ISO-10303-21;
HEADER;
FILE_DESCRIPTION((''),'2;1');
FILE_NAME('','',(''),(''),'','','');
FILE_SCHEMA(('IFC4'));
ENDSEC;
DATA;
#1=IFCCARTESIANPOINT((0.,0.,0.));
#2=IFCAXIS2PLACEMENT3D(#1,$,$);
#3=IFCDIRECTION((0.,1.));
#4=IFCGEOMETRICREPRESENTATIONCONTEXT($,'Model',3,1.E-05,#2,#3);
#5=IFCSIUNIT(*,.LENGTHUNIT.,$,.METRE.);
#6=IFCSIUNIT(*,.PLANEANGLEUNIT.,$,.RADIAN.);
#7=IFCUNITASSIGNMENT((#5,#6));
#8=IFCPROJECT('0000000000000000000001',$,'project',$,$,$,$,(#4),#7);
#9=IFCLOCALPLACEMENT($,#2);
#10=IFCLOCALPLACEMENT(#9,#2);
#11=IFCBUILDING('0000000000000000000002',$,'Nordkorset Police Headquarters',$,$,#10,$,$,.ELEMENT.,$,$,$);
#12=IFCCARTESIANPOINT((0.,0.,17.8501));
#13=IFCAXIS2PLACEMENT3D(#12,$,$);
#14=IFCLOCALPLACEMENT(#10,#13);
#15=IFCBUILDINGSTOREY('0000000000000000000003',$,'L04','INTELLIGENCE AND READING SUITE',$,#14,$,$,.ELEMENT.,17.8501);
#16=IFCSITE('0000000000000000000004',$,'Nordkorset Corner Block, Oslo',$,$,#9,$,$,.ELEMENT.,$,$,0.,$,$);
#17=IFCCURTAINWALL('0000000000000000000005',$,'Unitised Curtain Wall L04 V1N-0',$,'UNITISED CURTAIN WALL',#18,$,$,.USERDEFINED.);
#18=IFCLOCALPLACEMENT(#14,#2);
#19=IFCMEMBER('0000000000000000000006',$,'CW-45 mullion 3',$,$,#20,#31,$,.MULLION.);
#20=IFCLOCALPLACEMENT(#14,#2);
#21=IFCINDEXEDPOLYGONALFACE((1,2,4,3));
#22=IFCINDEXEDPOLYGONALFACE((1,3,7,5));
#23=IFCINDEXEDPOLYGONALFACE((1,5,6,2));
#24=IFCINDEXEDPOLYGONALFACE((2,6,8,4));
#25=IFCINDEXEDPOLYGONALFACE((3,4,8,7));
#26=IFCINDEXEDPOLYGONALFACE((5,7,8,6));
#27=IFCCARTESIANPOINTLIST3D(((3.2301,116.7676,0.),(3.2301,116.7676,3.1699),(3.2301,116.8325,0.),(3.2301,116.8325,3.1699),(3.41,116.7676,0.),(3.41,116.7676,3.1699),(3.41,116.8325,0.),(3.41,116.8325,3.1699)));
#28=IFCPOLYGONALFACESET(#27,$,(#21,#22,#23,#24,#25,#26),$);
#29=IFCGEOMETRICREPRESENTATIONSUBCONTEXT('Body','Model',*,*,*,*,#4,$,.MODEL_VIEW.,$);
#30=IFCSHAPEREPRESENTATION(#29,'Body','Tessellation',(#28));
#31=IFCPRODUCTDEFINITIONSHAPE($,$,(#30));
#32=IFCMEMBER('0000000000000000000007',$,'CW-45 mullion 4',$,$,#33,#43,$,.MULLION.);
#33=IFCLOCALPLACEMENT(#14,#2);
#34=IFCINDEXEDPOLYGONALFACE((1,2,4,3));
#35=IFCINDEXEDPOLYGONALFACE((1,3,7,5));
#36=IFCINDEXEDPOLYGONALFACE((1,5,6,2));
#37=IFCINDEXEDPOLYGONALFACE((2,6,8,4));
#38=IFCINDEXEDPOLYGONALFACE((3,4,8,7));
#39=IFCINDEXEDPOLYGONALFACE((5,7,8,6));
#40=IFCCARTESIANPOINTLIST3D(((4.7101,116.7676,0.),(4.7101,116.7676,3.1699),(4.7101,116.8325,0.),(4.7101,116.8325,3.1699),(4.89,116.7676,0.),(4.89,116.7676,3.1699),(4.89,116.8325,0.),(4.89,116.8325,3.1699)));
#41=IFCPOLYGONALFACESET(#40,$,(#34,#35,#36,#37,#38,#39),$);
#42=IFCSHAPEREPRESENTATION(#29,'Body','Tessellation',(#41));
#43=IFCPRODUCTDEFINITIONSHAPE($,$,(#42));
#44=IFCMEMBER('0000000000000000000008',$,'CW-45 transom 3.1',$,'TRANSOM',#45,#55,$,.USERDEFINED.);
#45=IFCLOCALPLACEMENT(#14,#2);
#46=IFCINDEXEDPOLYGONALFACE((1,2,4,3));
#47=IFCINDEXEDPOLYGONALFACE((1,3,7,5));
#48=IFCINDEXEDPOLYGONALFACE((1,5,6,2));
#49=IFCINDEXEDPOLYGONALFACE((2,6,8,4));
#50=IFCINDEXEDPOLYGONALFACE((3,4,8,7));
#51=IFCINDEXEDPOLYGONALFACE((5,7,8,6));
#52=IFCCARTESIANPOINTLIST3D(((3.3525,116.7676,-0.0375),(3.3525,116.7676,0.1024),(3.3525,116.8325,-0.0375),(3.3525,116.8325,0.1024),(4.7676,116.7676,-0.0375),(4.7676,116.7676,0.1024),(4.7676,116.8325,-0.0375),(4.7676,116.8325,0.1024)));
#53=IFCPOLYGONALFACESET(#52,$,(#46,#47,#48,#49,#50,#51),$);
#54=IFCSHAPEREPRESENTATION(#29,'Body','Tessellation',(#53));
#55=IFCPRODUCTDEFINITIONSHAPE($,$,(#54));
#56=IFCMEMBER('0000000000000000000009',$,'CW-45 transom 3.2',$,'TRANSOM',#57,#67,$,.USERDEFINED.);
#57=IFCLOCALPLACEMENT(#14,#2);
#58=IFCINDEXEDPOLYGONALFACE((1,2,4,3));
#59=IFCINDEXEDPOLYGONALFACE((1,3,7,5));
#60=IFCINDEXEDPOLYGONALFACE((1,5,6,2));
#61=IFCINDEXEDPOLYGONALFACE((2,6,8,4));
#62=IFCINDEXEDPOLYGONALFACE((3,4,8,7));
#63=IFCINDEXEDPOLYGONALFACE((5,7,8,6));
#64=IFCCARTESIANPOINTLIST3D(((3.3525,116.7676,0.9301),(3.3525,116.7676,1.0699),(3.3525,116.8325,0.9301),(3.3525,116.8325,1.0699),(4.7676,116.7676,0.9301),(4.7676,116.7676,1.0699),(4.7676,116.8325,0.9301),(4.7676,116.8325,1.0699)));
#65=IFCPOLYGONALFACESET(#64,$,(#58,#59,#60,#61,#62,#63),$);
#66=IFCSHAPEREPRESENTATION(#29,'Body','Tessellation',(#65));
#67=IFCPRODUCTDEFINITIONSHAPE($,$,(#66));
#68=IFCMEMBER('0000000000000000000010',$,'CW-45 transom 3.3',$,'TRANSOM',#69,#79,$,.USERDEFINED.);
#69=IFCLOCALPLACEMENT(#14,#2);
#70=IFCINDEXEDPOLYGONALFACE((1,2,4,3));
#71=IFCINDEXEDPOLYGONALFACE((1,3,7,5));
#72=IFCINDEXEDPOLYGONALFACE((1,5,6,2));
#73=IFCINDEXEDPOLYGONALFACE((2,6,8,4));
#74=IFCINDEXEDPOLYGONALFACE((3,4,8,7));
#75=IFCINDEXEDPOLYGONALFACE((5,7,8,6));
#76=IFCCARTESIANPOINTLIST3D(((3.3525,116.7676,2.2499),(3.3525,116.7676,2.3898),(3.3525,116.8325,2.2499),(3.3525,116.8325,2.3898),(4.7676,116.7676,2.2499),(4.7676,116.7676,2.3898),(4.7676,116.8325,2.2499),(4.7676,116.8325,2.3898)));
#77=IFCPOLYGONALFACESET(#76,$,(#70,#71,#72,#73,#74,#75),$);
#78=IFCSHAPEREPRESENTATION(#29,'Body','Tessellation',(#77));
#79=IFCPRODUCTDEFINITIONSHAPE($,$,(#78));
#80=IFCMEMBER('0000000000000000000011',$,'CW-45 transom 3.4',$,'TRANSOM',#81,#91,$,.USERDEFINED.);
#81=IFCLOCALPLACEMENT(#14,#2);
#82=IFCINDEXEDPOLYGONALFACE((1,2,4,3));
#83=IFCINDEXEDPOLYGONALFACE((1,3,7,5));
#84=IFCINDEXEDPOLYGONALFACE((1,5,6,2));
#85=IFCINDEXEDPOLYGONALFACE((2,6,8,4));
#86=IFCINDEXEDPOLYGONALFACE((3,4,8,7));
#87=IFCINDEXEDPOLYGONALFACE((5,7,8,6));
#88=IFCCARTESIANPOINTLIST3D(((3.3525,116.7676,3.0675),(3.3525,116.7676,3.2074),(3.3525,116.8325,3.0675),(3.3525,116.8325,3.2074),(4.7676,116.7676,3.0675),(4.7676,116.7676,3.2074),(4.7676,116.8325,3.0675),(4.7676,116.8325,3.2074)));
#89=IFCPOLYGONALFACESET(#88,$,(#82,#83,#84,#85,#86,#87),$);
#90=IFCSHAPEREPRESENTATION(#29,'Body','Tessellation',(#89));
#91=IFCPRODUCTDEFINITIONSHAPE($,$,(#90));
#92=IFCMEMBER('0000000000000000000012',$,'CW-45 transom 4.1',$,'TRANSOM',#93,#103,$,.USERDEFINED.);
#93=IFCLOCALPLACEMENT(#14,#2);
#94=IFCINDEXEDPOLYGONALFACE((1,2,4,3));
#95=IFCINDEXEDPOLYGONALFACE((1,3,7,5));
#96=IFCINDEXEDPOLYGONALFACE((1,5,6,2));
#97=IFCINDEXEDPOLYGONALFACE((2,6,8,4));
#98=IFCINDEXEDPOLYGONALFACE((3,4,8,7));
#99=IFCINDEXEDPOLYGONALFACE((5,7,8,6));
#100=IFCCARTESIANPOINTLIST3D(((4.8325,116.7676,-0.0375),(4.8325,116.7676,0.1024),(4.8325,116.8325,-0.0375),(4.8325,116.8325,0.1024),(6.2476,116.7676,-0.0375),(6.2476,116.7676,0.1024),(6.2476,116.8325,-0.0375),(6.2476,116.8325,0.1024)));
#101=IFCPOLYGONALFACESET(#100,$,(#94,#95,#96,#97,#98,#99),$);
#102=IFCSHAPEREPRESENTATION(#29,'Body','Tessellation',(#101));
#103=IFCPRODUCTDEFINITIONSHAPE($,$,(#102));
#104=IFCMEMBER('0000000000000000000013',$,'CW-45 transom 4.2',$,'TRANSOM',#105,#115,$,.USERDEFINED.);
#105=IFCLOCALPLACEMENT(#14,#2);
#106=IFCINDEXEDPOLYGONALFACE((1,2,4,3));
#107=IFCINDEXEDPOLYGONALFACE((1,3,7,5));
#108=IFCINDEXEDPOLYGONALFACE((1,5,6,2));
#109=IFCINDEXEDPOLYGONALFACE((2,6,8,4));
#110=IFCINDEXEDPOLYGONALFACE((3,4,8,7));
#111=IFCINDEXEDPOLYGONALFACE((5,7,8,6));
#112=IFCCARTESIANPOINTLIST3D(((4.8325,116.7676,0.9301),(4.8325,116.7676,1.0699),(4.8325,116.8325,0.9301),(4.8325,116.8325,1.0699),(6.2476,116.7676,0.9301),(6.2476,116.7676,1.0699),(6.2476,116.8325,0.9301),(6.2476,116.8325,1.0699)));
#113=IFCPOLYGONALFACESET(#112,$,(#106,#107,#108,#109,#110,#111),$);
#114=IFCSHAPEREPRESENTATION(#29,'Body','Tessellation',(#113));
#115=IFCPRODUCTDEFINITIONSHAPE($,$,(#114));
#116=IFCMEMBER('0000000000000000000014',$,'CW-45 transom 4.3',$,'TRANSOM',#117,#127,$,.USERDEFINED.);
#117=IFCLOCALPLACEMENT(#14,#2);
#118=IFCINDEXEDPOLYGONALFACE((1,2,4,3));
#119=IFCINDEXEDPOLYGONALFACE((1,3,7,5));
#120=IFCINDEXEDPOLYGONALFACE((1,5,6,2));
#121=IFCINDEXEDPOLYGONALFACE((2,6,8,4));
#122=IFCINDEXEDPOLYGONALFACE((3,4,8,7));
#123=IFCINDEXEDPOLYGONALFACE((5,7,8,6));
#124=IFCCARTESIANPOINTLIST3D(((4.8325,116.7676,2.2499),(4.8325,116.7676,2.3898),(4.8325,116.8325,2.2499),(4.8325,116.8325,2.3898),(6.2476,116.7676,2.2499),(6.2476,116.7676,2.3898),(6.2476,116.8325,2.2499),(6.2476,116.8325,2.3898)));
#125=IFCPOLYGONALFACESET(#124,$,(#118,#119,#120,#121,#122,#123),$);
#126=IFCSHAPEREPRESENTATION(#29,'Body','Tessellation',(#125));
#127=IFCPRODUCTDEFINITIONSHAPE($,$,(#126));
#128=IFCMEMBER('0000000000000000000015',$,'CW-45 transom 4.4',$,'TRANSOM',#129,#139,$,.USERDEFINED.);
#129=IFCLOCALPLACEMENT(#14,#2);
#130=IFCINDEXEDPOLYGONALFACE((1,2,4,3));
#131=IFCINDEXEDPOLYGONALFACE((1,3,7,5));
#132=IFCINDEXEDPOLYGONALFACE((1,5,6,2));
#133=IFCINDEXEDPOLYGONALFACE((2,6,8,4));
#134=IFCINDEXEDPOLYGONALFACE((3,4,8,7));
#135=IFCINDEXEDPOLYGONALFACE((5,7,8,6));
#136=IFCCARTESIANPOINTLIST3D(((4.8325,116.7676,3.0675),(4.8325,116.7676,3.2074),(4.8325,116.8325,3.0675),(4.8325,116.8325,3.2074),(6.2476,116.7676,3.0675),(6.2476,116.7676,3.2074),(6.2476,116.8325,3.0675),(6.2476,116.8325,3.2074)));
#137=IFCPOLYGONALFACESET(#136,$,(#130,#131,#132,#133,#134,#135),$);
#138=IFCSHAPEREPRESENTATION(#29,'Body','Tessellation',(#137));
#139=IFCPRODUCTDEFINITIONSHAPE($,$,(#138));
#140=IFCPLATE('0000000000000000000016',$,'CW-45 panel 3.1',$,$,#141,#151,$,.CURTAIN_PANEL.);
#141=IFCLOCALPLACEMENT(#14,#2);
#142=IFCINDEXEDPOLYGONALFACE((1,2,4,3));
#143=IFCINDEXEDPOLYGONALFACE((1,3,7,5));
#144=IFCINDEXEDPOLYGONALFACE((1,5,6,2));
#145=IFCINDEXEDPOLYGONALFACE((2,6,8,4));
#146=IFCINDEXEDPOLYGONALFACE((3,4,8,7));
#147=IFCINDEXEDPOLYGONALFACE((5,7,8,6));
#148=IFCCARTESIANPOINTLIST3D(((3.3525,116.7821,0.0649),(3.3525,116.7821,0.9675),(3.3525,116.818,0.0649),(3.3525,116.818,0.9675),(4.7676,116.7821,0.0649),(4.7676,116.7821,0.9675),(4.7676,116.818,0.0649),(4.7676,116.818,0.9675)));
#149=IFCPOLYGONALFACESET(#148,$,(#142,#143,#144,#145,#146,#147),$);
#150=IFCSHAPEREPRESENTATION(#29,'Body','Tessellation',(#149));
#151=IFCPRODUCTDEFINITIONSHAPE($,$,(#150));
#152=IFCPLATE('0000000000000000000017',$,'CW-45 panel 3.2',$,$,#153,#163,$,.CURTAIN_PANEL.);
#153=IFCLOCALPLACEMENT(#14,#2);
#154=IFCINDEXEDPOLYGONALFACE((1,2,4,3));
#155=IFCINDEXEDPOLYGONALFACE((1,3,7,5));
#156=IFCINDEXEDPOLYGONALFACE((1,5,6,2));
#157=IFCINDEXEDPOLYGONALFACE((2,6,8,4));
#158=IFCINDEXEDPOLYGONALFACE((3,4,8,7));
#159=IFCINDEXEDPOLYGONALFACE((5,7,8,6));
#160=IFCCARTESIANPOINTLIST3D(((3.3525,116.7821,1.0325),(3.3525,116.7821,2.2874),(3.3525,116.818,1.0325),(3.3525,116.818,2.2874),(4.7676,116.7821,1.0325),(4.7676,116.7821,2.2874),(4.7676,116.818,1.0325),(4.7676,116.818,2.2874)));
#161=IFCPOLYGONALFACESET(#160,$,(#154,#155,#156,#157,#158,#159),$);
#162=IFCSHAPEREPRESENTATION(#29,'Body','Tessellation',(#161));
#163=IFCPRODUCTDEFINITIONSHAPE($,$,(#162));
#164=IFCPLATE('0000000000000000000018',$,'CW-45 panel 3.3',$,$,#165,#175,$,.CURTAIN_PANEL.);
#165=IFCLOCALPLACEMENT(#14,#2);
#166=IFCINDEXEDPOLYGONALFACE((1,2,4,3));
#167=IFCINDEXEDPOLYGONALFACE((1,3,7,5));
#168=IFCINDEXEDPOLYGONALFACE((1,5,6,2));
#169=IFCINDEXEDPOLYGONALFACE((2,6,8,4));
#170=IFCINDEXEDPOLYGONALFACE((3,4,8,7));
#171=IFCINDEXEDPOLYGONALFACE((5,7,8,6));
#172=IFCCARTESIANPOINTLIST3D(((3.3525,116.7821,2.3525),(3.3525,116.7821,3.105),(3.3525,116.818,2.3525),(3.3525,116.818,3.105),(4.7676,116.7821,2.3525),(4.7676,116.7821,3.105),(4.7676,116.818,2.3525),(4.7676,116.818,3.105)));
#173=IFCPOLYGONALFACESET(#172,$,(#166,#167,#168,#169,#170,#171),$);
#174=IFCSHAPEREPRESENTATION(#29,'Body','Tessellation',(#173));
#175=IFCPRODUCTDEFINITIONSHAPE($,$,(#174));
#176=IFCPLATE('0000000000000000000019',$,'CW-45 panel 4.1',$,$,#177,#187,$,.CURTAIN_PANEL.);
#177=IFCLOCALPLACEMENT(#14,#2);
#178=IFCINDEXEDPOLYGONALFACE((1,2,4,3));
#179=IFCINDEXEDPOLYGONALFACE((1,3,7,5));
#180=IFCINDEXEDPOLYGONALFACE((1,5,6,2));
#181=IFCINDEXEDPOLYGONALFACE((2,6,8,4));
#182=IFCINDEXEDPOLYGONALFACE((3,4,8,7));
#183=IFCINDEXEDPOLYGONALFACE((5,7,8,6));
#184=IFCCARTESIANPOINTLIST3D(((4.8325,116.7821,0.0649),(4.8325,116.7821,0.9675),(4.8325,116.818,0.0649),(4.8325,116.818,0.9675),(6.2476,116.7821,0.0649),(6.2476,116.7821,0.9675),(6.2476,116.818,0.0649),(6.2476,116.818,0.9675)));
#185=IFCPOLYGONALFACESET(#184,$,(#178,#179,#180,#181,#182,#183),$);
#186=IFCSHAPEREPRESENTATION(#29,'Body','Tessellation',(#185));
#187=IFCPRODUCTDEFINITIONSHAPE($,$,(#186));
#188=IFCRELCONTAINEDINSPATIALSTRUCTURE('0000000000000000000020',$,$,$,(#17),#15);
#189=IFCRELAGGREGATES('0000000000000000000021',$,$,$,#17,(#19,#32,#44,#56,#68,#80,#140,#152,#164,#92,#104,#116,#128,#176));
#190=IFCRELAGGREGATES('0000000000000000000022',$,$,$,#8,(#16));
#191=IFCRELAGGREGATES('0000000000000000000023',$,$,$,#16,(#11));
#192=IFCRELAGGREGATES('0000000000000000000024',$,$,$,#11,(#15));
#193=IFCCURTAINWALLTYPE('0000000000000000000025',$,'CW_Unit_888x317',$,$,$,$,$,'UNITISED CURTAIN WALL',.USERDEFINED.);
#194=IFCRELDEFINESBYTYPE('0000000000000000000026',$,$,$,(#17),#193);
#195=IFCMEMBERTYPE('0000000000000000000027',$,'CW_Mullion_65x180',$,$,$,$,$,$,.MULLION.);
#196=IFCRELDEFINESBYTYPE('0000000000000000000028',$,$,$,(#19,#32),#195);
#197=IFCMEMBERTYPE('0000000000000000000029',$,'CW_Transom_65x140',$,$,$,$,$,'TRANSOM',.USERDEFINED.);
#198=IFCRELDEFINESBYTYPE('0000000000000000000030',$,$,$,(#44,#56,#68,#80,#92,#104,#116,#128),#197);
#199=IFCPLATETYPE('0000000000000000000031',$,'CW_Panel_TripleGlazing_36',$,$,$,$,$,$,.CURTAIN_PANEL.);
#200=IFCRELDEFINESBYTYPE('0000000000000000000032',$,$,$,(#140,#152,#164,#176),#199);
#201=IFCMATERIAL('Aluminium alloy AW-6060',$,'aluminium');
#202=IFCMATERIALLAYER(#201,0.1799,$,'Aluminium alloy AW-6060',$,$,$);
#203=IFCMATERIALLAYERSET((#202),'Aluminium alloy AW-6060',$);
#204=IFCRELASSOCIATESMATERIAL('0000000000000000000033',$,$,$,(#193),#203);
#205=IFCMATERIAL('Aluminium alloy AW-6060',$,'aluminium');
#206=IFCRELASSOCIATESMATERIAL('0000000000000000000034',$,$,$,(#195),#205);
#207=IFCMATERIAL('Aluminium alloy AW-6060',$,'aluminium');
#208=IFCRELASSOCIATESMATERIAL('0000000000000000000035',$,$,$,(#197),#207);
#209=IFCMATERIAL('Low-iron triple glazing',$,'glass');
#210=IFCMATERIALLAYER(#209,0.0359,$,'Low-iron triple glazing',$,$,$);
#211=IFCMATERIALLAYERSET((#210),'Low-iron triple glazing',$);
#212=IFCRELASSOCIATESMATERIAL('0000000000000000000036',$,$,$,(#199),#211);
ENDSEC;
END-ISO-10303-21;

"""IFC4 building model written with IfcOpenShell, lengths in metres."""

from ifc_helpers import new_model, si_unit, direction, frame, origin, origin_2d, place, context, subcontext, project, spatial, rectangle, extrude, material, layer, layer_set, material_profile, profile_set, type_object, element, aggregate, save


model = new_model("IFC4")

# Units and contexts
model_context = context("Model", 3, precision=1e-05, world=origin(), true_north=direction((0.0, 1.0)))
body_context = subcontext(model_context, "Body", "Model", "MODEL_VIEW")
ifc_project = project(units=[si_unit("LENGTHUNIT", "METRE"), si_unit("PLANEANGLEUNIT", "RADIAN")], contexts=[model_context])

# Site, building, storey
site_placement = place(None, origin())
site = spatial("IfcSite", under=ifc_project, at=site_placement, Name="Nordkorset Corner Block, Oslo", CompositionType="ELEMENT", RefElevation=0.0)
building_placement = place(site_placement, origin())
building = spatial("IfcBuilding", under=site, at=building_placement, Name="Nordkorset Police Headquarters", CompositionType="ELEMENT")
storey_placement = place(building_placement, frame((0.0, 0.0, 17.8501)))
storey = spatial("IfcBuildingStorey", under=building, at=storey_placement, Name="L04", Description="INTELLIGENCE AND READING SUITE", CompositionType="ELEMENT", Elevation=17.8501)

# Curtain wall, members, plates
ifc_material_1 = material(Name="Aluminium alloy AW-6060", Category="aluminium")
ifc_layer_1 = layer(ifc_material_1, 0.1799, Name="Aluminium alloy AW-6060")
ifc_layer_set_1 = layer_set([ifc_layer_1], Name="Aluminium alloy AW-6060")
curtain_wall_type = type_object("IfcCurtainWallType", Name="CW_Unit_888x317", ElementType="UNITISED CURTAIN WALL", PredefinedType="USERDEFINED", material=ifc_layer_set_1)
curtain_wall_placement = place(storey_placement, origin())
curtain_wall = element("IfcCurtainWall", 1, at=curtain_wall_placement, inside=storey, type_object=curtain_wall_type, Name="Unitised Curtain Wall L04 V1N-0", ObjectType="UNITISED CURTAIN WALL", PredefinedType="USERDEFINED")
ifc_material_2 = material(Name="Aluminium alloy AW-6060", Category="aluminium")
ifc_material_profile_1 = material_profile(ifc_material_2, rectangle(XDim=0.0649, YDim=0.1799, at=origin_2d()), Name="ALU MULL 65x180")
ifc_profile_set_1 = profile_set([ifc_material_profile_1], Name="Aluminium alloy AW-6060")
member_type_1 = type_object("IfcMemberType", Name="CW_Mullion_65x180", PredefinedType="MULLION", material=ifc_profile_set_1)
member_1_placement = place(storey_placement, frame((3.3201, 116.8, 0.0), z_axis=(0.0, 0.0, 1.0), x_axis=(0.0, 1.0, 0.0)))
member_1 = element("IfcMember", 2, at=member_1_placement, type_object=member_type_1, Name="CW-45 mullion 3", PredefinedType="MULLION", context=body_context, shape_type="SweptSolid", body=[
    extrude(rectangle(XDim=0.0649, YDim=0.1799, at=origin_2d()), origin(), (0.0, 0.0, 1.0), 3.1699),
])
member_2_placement = place(storey_placement, frame((4.8, 116.8, 0.0), z_axis=(0.0, 0.0, 1.0), x_axis=(0.0, 1.0, 0.0)))
member_2 = element("IfcMember", 3, at=member_2_placement, type_object=member_type_1, Name="CW-45 mullion 4", PredefinedType="MULLION", context=body_context, shape_type="SweptSolid", body=[
    extrude(rectangle(XDim=0.0649, YDim=0.1799, at=origin_2d()), origin(), (0.0, 0.0, 1.0), 3.1699),
])
ifc_material_3 = material(Name="Aluminium alloy AW-6060", Category="aluminium")
ifc_material_profile_2 = material_profile(ifc_material_3, rectangle(XDim=0.0649, YDim=0.1399, at=origin_2d()), Name="ALU TRAN 65x140")
ifc_profile_set_2 = profile_set([ifc_material_profile_2], Name="Aluminium alloy AW-6060")
member_type_2 = type_object("IfcMemberType", Name="CW_Transom_65x140", ElementType="TRANSOM", PredefinedType="USERDEFINED", material=ifc_profile_set_2)
member_3_placement = place(storey_placement, frame((3.3525, 116.8, 0.0325), z_axis=(1.0, 0.0, 0.0), x_axis=(0.0, 1.0, 0.0)))
member_3 = element("IfcMember", 4, at=member_3_placement, type_object=member_type_2, Name="CW-45 transom 3.1", ObjectType="TRANSOM", PredefinedType="USERDEFINED", context=body_context, shape_type="SweptSolid", body=[
    extrude(rectangle(XDim=0.0649, YDim=0.1399, at=origin_2d()), origin(), (0.0, 0.0, 1.0), 1.415),
])
member_4_placement = place(storey_placement, frame((3.3525, 116.8, 1.0), z_axis=(1.0, 0.0, 0.0), x_axis=(0.0, 1.0, 0.0)))
member_4 = element("IfcMember", 5, at=member_4_placement, type_object=member_type_2, Name="CW-45 transom 3.2", ObjectType="TRANSOM", PredefinedType="USERDEFINED", context=body_context, shape_type="SweptSolid", body=[
    extrude(rectangle(XDim=0.0649, YDim=0.1399, at=origin_2d()), origin(), (0.0, 0.0, 1.0), 1.415),
])
member_5_placement = place(storey_placement, frame((3.3525, 116.8, 2.3198), z_axis=(1.0, 0.0, 0.0), x_axis=(0.0, 1.0, 0.0)))
member_5 = element("IfcMember", 6, at=member_5_placement, type_object=member_type_2, Name="CW-45 transom 3.3", ObjectType="TRANSOM", PredefinedType="USERDEFINED", context=body_context, shape_type="SweptSolid", body=[
    extrude(rectangle(XDim=0.0649, YDim=0.1399, at=origin_2d()), origin(), (0.0, 0.0, 1.0), 1.415),
])
member_6_placement = place(storey_placement, frame((3.3525, 116.8, 3.1375), z_axis=(1.0, 0.0, 0.0), x_axis=(0.0, 1.0, 0.0)))
member_6 = element("IfcMember", 7, at=member_6_placement, type_object=member_type_2, Name="CW-45 transom 3.4", ObjectType="TRANSOM", PredefinedType="USERDEFINED", context=body_context, shape_type="SweptSolid", body=[
    extrude(rectangle(XDim=0.0649, YDim=0.1399, at=origin_2d()), origin(), (0.0, 0.0, 1.0), 1.415),
])
member_7_placement = place(storey_placement, frame((4.8325, 116.8, 0.0325), z_axis=(1.0, 0.0, 0.0), x_axis=(0.0, 1.0, 0.0)))
member_7 = element("IfcMember", 8, at=member_7_placement, type_object=member_type_2, Name="CW-45 transom 4.1", ObjectType="TRANSOM", PredefinedType="USERDEFINED", context=body_context, shape_type="SweptSolid", body=[
    extrude(rectangle(XDim=0.0649, YDim=0.1399, at=origin_2d()), origin(), (0.0, 0.0, 1.0), 1.415),
])
member_8_placement = place(storey_placement, frame((4.8325, 116.8, 1.0), z_axis=(1.0, 0.0, 0.0), x_axis=(0.0, 1.0, 0.0)))
member_8 = element("IfcMember", 9, at=member_8_placement, type_object=member_type_2, Name="CW-45 transom 4.2", ObjectType="TRANSOM", PredefinedType="USERDEFINED", context=body_context, shape_type="SweptSolid", body=[
    extrude(rectangle(XDim=0.0649, YDim=0.1399, at=origin_2d()), origin(), (0.0, 0.0, 1.0), 1.415),
])
member_9_placement = place(storey_placement, frame((4.8325, 116.8, 2.3198), z_axis=(1.0, 0.0, 0.0), x_axis=(0.0, 1.0, 0.0)))
member_9 = element("IfcMember", 10, at=member_9_placement, type_object=member_type_2, Name="CW-45 transom 4.3", ObjectType="TRANSOM", PredefinedType="USERDEFINED", context=body_context, shape_type="SweptSolid", body=[
    extrude(rectangle(XDim=0.0649, YDim=0.1399, at=origin_2d()), origin(), (0.0, 0.0, 1.0), 1.415),
])
member_10_placement = place(storey_placement, frame((4.8325, 116.8, 3.1375), z_axis=(1.0, 0.0, 0.0), x_axis=(0.0, 1.0, 0.0)))
member_10 = element("IfcMember", 11, at=member_10_placement, type_object=member_type_2, Name="CW-45 transom 4.4", ObjectType="TRANSOM", PredefinedType="USERDEFINED", context=body_context, shape_type="SweptSolid", body=[
    extrude(rectangle(XDim=0.0649, YDim=0.1399, at=origin_2d()), origin(), (0.0, 0.0, 1.0), 1.415),
])
ifc_material_4 = material(Name="Low-iron triple glazing", Category="glass")
ifc_layer_2 = layer(ifc_material_4, 0.0359, Name="Low-iron triple glazing")
ifc_layer_set_2 = layer_set([ifc_layer_2], Name="Low-iron triple glazing")
plate_type = type_object("IfcPlateType", Name="CW_Panel_TripleGlazing_36", PredefinedType="CURTAIN_PANEL", material=ifc_layer_set_2)
plate_1_placement = place(storey_placement, frame((4.0601, 116.8, 0.0649), z_axis=(0.0, 0.0, 1.0), x_axis=(1.0, 0.0, 0.0)))
plate_1 = element("IfcPlate", 12, at=plate_1_placement, type_object=plate_type, Name="CW-45 panel 3.1", PredefinedType="CURTAIN_PANEL", context=body_context, shape_type="SweptSolid", body=[
    extrude(rectangle(XDim=1.415, YDim=0.0359, at=origin_2d()), origin(), (0.0, 0.0, 1.0), 0.9026),
])
plate_2_placement = place(storey_placement, frame((4.0601, 116.8, 1.0325), z_axis=(0.0, 0.0, 1.0), x_axis=(1.0, 0.0, 0.0)))
plate_2 = element("IfcPlate", 13, at=plate_2_placement, type_object=plate_type, Name="CW-45 panel 3.2", PredefinedType="CURTAIN_PANEL", context=body_context, shape_type="SweptSolid", body=[
    extrude(rectangle(XDim=1.415, YDim=0.0359, at=origin_2d()), origin(), (0.0, 0.0, 1.0), 1.2549),
])
plate_3_placement = place(storey_placement, frame((4.0601, 116.8, 2.3525), z_axis=(0.0, 0.0, 1.0), x_axis=(1.0, 0.0, 0.0)))
plate_3 = element("IfcPlate", 14, at=plate_3_placement, type_object=plate_type, Name="CW-45 panel 3.3", PredefinedType="CURTAIN_PANEL", context=body_context, shape_type="SweptSolid", body=[
    extrude(rectangle(XDim=1.415, YDim=0.0359, at=origin_2d()), origin(), (0.0, 0.0, 1.0), 0.7524),
])
plate_4_placement = place(storey_placement, frame((5.54, 116.8, 0.0649), z_axis=(0.0, 0.0, 1.0), x_axis=(1.0, 0.0, 0.0)))
plate_4 = element("IfcPlate", 15, at=plate_4_placement, type_object=plate_type, Name="CW-45 panel 4.1", PredefinedType="CURTAIN_PANEL", context=body_context, shape_type="SweptSolid", body=[
    extrude(rectangle(XDim=1.415, YDim=0.0359, at=origin_2d()), origin(), (0.0, 0.0, 1.0), 0.9026),
])
aggregate(curtain_wall, [member_1, member_2, member_3, member_4, member_5, member_6, plate_1, plate_2, plate_3, member_7, member_8, member_9, member_10, plate_4])

save(model, "model.ifc")
